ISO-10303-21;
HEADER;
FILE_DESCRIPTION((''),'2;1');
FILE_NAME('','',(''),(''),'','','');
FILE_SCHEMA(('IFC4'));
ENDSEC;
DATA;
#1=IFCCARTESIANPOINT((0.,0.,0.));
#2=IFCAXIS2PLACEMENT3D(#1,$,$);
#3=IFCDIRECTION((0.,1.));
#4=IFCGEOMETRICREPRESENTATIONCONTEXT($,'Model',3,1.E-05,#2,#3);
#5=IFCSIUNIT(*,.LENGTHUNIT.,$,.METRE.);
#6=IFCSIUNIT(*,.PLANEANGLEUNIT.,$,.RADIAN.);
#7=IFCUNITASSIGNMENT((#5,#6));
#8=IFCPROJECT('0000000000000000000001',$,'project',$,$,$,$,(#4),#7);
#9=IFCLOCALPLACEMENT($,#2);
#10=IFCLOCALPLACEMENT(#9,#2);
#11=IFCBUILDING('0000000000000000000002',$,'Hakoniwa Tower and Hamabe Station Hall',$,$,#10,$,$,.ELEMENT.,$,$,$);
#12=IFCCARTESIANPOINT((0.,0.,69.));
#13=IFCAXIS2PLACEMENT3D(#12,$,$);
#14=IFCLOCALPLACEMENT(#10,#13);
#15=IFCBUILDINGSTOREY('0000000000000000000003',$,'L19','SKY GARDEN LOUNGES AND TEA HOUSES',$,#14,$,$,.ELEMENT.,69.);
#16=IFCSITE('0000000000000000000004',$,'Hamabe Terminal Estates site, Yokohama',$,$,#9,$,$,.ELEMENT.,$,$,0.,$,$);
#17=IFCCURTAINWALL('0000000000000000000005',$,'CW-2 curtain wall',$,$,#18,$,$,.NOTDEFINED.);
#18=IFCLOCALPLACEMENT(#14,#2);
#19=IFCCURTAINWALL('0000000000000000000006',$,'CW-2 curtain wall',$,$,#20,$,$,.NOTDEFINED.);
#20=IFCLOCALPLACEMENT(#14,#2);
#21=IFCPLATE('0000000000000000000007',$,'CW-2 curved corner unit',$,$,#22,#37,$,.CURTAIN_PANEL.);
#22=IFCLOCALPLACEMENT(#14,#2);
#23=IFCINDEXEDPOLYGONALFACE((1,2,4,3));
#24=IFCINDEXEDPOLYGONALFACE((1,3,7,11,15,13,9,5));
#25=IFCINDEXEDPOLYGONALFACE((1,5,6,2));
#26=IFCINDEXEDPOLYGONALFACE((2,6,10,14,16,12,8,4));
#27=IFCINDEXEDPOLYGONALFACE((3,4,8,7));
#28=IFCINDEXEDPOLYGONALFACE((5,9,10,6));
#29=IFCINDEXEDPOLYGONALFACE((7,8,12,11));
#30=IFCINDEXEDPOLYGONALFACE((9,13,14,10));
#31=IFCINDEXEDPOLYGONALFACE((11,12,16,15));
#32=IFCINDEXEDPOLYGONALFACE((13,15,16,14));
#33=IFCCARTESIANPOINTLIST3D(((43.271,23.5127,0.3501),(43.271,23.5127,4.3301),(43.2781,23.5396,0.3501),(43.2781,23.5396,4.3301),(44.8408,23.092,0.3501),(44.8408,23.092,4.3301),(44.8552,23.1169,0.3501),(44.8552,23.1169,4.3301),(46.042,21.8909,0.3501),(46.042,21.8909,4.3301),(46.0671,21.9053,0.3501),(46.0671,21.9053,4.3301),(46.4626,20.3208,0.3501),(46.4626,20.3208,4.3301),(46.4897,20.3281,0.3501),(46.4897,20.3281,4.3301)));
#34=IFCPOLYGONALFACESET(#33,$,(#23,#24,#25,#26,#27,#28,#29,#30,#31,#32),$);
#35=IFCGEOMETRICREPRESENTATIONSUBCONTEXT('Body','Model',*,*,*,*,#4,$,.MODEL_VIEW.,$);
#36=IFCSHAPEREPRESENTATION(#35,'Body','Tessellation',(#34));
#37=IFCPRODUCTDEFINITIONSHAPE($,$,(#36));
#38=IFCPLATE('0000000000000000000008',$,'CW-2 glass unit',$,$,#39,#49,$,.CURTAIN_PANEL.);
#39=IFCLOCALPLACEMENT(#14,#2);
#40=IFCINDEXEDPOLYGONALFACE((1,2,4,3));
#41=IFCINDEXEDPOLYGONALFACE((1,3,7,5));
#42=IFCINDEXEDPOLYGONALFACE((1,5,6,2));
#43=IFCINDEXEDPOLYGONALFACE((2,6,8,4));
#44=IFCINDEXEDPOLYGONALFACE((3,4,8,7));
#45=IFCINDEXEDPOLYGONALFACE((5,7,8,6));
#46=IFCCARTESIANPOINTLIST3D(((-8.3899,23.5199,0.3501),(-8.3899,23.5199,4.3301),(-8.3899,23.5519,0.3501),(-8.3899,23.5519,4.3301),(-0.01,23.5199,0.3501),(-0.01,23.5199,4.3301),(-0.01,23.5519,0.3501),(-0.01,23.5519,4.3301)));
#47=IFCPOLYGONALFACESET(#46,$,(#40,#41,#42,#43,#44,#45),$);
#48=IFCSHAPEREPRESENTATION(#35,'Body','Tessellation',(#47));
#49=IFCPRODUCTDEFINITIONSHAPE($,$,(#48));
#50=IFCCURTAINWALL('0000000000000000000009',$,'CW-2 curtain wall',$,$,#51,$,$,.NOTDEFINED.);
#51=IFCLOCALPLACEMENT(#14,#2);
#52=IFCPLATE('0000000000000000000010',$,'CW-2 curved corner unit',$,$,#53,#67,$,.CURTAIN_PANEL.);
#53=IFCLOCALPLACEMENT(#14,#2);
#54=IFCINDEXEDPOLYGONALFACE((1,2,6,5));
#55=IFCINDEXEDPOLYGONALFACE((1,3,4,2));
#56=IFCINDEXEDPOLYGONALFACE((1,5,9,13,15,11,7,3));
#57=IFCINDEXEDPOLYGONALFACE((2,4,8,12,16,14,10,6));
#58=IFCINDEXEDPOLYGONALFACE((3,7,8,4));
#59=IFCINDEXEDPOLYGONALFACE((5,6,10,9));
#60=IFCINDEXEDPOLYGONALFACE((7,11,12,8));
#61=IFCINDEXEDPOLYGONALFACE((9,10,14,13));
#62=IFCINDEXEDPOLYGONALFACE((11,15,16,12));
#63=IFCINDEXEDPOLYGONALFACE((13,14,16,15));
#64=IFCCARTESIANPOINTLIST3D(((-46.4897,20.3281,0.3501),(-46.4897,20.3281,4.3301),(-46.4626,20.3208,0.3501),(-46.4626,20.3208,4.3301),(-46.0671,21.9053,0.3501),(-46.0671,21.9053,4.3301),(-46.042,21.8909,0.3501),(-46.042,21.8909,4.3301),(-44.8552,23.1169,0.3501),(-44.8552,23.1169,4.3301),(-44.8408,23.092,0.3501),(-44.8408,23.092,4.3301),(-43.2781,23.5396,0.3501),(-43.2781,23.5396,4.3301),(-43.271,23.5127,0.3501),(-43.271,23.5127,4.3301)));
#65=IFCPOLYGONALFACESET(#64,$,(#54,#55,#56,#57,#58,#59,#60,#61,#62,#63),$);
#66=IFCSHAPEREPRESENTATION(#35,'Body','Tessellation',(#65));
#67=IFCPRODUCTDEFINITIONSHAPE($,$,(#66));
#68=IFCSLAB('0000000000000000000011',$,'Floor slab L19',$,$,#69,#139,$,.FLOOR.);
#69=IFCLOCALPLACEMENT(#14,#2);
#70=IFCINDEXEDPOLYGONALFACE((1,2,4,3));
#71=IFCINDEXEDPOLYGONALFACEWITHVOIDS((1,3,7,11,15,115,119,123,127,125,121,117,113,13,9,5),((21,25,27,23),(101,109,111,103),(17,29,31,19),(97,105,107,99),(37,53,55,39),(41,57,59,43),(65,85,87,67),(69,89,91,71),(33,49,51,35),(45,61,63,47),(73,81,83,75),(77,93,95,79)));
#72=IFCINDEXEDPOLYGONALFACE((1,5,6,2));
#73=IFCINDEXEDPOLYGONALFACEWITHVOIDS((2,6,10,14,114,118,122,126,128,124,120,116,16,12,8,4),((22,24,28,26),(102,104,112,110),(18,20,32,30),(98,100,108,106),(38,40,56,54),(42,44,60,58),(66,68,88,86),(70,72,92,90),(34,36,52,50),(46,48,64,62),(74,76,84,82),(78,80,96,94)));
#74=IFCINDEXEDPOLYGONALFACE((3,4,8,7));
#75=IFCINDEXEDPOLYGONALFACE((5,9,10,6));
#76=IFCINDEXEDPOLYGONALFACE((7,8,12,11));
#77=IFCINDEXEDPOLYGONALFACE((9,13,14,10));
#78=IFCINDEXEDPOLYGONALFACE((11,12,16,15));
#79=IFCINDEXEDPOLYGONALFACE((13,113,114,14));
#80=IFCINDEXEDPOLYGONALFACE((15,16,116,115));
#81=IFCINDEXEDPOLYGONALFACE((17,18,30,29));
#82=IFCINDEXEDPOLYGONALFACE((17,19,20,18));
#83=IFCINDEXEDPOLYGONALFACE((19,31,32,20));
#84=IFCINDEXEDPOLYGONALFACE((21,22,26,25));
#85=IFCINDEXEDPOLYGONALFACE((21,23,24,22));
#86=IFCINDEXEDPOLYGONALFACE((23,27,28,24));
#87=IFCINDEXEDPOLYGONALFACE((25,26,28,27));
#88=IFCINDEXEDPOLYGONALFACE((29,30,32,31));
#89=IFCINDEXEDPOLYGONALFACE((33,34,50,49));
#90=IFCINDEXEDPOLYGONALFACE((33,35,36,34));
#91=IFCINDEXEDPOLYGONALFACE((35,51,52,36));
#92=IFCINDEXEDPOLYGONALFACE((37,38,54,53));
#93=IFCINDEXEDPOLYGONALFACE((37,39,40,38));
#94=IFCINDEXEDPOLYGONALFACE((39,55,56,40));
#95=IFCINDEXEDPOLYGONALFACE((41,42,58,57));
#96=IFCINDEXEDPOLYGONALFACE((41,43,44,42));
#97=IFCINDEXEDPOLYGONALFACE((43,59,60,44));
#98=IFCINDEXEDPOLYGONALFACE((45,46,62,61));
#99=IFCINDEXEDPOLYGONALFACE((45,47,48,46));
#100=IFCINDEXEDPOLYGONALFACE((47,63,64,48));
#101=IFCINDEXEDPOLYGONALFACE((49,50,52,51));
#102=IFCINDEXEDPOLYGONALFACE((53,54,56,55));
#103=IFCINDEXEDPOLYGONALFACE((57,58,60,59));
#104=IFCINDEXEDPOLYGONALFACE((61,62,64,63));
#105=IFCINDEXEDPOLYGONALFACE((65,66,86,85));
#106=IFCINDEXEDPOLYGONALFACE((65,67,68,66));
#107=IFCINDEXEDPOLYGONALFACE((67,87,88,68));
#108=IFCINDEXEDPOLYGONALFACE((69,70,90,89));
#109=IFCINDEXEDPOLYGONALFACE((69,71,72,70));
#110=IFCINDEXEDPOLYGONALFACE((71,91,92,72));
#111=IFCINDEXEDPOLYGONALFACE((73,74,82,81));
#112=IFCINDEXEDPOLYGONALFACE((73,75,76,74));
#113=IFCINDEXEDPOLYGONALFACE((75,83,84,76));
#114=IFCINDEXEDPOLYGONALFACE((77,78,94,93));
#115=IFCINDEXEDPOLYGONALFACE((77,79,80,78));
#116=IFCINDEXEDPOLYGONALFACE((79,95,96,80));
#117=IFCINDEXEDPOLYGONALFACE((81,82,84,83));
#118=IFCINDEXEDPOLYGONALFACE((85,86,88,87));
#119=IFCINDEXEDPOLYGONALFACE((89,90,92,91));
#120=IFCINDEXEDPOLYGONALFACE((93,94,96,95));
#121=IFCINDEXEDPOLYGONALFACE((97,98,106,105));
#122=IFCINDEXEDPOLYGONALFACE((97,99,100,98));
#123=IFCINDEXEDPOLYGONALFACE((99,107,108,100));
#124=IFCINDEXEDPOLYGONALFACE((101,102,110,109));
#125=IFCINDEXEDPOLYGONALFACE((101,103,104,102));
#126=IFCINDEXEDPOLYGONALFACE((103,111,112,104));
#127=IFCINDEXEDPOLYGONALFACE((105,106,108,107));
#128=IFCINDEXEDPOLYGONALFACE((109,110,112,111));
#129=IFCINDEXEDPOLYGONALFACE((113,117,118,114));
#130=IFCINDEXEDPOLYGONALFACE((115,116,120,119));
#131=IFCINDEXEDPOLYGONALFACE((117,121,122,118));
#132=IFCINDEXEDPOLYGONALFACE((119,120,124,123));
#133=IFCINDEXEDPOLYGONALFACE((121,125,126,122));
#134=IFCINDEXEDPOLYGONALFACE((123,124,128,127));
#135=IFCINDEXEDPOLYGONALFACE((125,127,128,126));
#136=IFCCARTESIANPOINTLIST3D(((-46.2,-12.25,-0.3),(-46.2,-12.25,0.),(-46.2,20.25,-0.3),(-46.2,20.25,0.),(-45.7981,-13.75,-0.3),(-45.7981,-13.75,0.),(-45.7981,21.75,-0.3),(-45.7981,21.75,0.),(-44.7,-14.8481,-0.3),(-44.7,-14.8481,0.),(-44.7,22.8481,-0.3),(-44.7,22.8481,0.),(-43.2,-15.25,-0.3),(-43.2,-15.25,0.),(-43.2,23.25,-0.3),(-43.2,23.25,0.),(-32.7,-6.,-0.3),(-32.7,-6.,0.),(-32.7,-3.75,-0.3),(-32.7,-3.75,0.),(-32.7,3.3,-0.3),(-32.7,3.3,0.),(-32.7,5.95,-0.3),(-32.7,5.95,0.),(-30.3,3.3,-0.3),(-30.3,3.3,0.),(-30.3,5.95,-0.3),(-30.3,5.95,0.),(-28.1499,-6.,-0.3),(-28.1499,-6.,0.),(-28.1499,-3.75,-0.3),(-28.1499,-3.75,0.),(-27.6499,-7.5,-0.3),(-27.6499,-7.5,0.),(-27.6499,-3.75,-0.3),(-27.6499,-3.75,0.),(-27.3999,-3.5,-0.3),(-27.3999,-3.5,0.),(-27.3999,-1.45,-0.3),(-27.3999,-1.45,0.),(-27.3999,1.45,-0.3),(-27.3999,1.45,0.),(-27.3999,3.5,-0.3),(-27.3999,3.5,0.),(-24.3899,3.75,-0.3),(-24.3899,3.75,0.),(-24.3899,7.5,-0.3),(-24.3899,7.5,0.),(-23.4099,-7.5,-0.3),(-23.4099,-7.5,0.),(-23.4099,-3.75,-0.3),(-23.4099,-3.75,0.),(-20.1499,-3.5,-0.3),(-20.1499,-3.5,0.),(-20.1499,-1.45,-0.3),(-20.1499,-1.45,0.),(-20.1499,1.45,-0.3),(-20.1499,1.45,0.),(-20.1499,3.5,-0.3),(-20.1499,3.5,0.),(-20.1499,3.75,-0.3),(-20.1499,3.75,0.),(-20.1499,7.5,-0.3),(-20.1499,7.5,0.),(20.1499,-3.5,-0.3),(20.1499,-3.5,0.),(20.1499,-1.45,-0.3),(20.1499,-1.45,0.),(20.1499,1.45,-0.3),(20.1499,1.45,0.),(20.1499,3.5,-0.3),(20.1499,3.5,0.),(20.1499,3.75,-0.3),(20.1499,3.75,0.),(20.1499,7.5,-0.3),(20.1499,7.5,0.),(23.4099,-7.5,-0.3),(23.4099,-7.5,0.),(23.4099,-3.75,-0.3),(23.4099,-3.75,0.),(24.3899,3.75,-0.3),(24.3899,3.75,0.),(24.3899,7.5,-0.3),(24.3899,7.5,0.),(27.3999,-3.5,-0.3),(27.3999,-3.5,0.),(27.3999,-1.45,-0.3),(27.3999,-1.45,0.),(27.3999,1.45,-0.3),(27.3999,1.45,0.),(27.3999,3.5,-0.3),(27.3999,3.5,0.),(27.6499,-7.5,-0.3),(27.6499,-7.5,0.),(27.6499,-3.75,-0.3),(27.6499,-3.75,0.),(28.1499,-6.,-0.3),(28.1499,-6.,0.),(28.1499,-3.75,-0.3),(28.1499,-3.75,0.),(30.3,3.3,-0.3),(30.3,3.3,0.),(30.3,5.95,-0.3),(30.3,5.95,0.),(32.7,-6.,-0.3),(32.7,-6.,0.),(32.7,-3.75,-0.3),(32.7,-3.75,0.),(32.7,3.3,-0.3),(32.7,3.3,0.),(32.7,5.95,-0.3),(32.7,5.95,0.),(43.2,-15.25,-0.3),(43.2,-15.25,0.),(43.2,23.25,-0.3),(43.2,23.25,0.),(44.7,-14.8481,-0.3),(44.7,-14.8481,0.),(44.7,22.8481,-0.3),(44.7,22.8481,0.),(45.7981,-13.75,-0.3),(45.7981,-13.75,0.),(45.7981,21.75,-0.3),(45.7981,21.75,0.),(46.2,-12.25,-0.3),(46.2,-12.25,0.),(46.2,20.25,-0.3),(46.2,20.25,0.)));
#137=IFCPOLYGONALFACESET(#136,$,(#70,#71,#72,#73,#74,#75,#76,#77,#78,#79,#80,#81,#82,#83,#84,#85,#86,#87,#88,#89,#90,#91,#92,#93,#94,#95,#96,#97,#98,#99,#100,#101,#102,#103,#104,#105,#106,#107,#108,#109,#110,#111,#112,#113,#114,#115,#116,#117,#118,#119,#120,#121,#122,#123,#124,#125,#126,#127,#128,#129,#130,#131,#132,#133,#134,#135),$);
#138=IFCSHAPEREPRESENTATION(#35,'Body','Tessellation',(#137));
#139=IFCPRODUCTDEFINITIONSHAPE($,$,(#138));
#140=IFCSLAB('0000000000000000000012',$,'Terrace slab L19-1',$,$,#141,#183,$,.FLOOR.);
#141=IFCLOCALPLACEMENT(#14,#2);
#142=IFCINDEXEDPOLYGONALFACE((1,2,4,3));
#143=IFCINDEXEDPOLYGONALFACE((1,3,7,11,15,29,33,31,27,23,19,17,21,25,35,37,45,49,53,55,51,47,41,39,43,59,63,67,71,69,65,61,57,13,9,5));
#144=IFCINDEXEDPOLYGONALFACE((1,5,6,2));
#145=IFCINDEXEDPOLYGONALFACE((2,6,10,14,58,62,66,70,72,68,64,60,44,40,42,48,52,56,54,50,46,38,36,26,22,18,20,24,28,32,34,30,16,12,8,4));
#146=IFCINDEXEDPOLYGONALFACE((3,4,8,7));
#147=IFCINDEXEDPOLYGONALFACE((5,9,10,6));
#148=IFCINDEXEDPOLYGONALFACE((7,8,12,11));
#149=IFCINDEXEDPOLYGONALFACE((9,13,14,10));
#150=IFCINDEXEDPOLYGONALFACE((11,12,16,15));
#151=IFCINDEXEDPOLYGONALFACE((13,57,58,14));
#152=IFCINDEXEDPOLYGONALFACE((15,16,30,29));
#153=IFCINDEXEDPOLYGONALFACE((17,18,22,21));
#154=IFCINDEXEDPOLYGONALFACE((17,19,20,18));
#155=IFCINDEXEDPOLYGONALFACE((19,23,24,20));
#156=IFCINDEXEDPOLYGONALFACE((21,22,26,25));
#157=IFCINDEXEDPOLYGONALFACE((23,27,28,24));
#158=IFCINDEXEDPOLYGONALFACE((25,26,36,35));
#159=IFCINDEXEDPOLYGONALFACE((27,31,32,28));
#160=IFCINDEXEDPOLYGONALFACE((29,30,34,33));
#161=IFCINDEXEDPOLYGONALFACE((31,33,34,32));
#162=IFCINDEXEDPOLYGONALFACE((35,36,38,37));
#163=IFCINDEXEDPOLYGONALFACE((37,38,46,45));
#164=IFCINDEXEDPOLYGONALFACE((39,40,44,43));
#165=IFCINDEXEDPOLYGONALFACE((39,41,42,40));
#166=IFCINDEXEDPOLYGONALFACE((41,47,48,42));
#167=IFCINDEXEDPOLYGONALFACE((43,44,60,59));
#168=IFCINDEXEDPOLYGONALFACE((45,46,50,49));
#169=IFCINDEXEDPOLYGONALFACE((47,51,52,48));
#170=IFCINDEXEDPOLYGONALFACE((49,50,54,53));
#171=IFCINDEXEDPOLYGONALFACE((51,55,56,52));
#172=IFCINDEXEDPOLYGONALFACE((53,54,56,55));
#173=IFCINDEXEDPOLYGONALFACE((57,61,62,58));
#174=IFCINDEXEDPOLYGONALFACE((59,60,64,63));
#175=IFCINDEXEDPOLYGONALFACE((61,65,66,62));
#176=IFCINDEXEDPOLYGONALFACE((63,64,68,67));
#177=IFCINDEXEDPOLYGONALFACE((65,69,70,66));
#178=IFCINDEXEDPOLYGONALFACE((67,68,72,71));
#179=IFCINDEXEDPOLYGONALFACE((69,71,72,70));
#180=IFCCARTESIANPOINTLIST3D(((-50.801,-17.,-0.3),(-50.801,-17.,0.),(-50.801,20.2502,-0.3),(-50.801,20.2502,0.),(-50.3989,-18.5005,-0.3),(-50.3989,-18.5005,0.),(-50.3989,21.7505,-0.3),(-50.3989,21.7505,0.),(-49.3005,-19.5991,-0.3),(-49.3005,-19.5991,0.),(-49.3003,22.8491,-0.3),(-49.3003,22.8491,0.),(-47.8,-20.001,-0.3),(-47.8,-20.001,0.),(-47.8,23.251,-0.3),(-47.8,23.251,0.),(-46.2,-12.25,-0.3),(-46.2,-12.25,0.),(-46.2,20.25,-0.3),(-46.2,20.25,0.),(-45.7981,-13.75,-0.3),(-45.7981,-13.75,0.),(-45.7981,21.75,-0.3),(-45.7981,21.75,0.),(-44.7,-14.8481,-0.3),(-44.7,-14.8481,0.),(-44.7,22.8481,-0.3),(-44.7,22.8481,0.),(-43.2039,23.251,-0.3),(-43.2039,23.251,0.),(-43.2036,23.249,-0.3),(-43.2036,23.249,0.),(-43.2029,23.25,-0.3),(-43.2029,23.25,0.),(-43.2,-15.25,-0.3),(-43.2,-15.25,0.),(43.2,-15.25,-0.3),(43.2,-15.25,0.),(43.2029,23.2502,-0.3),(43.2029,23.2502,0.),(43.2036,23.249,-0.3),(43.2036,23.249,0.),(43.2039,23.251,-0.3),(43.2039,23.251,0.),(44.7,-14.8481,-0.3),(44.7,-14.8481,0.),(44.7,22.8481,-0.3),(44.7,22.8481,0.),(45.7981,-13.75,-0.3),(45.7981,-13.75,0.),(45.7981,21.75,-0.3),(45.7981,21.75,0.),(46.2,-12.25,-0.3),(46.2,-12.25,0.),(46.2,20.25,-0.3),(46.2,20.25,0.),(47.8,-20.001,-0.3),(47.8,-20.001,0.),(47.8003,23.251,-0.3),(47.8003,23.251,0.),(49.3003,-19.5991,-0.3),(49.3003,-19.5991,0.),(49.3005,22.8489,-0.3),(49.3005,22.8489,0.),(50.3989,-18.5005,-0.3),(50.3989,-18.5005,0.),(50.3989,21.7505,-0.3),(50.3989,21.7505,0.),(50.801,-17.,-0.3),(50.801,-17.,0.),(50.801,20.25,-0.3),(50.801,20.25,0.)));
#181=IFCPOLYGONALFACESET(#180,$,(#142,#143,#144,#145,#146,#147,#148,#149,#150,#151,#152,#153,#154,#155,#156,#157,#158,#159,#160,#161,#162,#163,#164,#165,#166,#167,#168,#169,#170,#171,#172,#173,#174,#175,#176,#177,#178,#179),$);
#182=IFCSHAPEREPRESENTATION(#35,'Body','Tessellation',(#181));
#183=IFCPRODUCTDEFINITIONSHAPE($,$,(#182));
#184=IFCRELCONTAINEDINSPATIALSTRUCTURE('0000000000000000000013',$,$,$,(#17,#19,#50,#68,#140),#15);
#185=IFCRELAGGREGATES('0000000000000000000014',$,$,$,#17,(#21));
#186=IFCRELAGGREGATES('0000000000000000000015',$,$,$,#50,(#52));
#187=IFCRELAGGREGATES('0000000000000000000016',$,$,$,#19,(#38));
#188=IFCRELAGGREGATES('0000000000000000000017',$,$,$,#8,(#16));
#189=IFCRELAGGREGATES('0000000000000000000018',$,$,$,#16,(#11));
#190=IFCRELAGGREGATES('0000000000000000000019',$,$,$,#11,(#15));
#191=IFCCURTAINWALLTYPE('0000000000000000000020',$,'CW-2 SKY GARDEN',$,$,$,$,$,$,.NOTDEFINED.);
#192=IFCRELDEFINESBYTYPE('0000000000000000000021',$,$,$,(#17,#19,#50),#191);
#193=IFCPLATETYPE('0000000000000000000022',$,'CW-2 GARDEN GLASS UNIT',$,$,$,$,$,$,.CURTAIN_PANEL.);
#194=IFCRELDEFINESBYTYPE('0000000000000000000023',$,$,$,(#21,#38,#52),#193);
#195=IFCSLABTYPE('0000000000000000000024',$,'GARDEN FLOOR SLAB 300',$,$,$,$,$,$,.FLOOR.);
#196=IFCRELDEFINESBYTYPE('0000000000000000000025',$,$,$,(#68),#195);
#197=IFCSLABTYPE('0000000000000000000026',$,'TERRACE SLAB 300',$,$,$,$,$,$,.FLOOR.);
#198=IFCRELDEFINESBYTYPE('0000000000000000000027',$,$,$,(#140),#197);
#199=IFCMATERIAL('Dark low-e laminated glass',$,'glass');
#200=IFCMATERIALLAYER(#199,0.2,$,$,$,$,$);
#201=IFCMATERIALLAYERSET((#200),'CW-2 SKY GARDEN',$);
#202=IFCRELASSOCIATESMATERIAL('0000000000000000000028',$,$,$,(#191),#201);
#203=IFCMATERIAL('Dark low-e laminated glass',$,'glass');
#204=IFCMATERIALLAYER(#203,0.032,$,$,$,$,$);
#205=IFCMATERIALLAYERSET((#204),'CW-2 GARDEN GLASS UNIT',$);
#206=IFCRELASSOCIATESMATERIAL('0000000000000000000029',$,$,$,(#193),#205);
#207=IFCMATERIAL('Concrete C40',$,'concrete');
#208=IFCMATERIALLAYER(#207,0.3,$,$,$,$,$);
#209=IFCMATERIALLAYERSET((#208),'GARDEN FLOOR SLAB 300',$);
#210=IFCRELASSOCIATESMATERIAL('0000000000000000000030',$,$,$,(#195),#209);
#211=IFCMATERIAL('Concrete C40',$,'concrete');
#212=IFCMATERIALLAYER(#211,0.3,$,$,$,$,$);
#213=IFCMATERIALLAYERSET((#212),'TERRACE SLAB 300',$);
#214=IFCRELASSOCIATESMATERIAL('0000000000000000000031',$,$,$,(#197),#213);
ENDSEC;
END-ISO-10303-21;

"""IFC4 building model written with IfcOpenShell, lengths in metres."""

from ifc_helpers import new_model, si_unit, direction, frame, origin, origin_2d, place, context, subcontext, project, spatial, polyline, rectangle, outline, extrude, material, layer, layer_set, type_object, element, aggregate, save


model = new_model("IFC4")

# Units and contexts
model_context = context("Model", 3, precision=1e-05, world=origin(), true_north=direction((0.0, 1.0)))
body_context = subcontext(model_context, "Body", "Model", "MODEL_VIEW")
ifc_project = project(units=[si_unit("LENGTHUNIT", "METRE"), si_unit("PLANEANGLEUNIT", "RADIAN")], contexts=[model_context])

# Site, building, storey
site_placement = place(None, origin())
site = spatial("IfcSite", under=ifc_project, at=site_placement, Name="Hamabe Terminal Estates site, Yokohama", CompositionType="ELEMENT", RefElevation=0.0)
building_placement = place(site_placement, origin())
building = spatial("IfcBuilding", under=site, at=building_placement, Name="Hakoniwa Tower and Hamabe Station Hall", CompositionType="ELEMENT")
storey_placement = place(building_placement, frame((0.0, 0.0, 69.0)))
storey = spatial("IfcBuildingStorey", under=building, at=storey_placement, Name="L19", Description="SKY GARDEN LOUNGES AND TEA HOUSES", CompositionType="ELEMENT", Elevation=69.0)

# Curtain walls
ifc_material_1 = material(Name="Dark low-e laminated glass", Category="glass")
ifc_layer_1 = layer(ifc_material_1, 0.2)
ifc_layer_set_1 = layer_set([ifc_layer_1], Name="CW-2 SKY GARDEN")
curtain_wall_type = type_object("IfcCurtainWallType", Name="CW-2 SKY GARDEN", PredefinedType="NOTDEFINED", material=ifc_layer_set_1)
curtain_wall_1_placement = place(storey_placement, origin())
curtain_wall_1 = element("IfcCurtainWall", 1, at=curtain_wall_1_placement, inside=storey, type_object=curtain_wall_type, Name="CW-2 curtain wall", PredefinedType="NOTDEFINED")
curtain_wall_2_placement = place(storey_placement, origin())
curtain_wall_2 = element("IfcCurtainWall", 2, at=curtain_wall_2_placement, inside=storey, type_object=curtain_wall_type, Name="CW-2 curtain wall", PredefinedType="NOTDEFINED")

# Plates
ifc_material_2 = material(Name="Dark low-e laminated glass", Category="glass")
ifc_layer_2 = layer(ifc_material_2, 0.032)
ifc_layer_set_2 = layer_set([ifc_layer_2], Name="CW-2 GARDEN GLASS UNIT")
plate_type = type_object("IfcPlateType", Name="CW-2 GARDEN GLASS UNIT", PredefinedType="CURTAIN_PANEL", material=ifc_layer_set_2)
plate_1_placement = place(storey_placement, frame((0.0, 0.0, 0.3501)))
plate_1 = element("IfcPlate", 3, at=plate_1_placement, type_object=plate_type, Name="CW-2 curved corner unit", PredefinedType="CURTAIN_PANEL", context=body_context, shape_type="SweptSolid", body=[
    extrude(outline(polyline([(46.4897, 20.3281), (46.0671, 21.9053), (44.8552, 23.1169), (43.2781, 23.5396), (43.271, 23.5127), (44.8408, 23.092), (46.042, 21.8909), (46.4626, 20.3208), (46.4897, 20.3281)])), origin(), (0.0, 0.0, 1.0), 3.98),
])
aggregate(curtain_wall_1, [plate_1])
plate_2_placement = place(storey_placement, frame((-4.2, 23.5359, 0.3501), z_axis=(0.0, 0.0, 1.0), x_axis=(-1.0, 0.0, 0.0)))
plate_2 = element("IfcPlate", 4, at=plate_2_placement, type_object=plate_type, Name="CW-2 glass unit", PredefinedType="CURTAIN_PANEL", context=body_context, shape_type="SweptSolid", body=[
    extrude(rectangle(XDim=8.3799, YDim=0.032, at=origin_2d()), origin(), (0.0, 0.0, 1.0), 3.98),
])

# Curtain wall, plate
curtain_wall_3_placement = place(storey_placement, origin())
curtain_wall_3 = element("IfcCurtainWall", 5, at=curtain_wall_3_placement, inside=storey, type_object=curtain_wall_type, Name="CW-2 curtain wall", PredefinedType="NOTDEFINED")
plate_3_placement = place(storey_placement, frame((0.0, 0.0, 0.3501)))
plate_3 = element("IfcPlate", 6, at=plate_3_placement, type_object=plate_type, Name="CW-2 curved corner unit", PredefinedType="CURTAIN_PANEL", context=body_context, shape_type="SweptSolid", body=[
    extrude(outline(polyline([(-43.2781, 23.5396), (-44.8552, 23.1169), (-46.0671, 21.9053), (-46.4897, 20.3281), (-46.4626, 20.3208), (-46.042, 21.8909), (-44.8408, 23.092), (-43.271, 23.5127), (-43.2781, 23.5396)])), origin(), (0.0, 0.0, 1.0), 3.98),
])
aggregate(curtain_wall_3, [plate_3])

# Slabs
ifc_material_3 = material(Name="Concrete C40", Category="concrete")
ifc_layer_3 = layer(ifc_material_3, 0.3)
ifc_layer_set_3 = layer_set([ifc_layer_3], Name="GARDEN FLOOR SLAB 300")
slab_type_1 = type_object("IfcSlabType", Name="GARDEN FLOOR SLAB 300", PredefinedType="FLOOR", material=ifc_layer_set_3)
slab_1_placement = place(storey_placement, frame((0.0, 0.0, -0.3)))
element("IfcSlab", 7, at=slab_1_placement, inside=storey, type_object=slab_type_1, Name="Floor slab L19", PredefinedType="FLOOR", context=body_context, shape_type="SweptSolid", body=[
    extrude(outline(polyline([(46.2, -12.25), (46.2, 20.25), (45.7981, 21.75), (44.7, 22.8481), (43.2, 23.25), (-43.2, 23.25), (-44.7, 22.8481), (-45.7981, 21.75), (-46.2, 20.25), (-46.2, -12.25), (-45.7981, -13.75), (-44.7, -14.8481), (-43.2, -15.25), (43.2, -15.25), (44.7, -14.8481), (45.7981, -13.75), (46.2, -12.25)]), holes=[polyline([(-27.3999, 1.45), (-27.3999, 3.5), (-20.1499, 3.5), (-20.1499, 1.45), (-27.3999, 1.45)]), polyline([(-27.3999, -3.5), (-27.3999, -1.45), (-20.1499, -1.45), (-20.1499, -3.5), (-27.3999, -3.5)]), polyline([(-32.7, 3.3), (-32.7, 5.95), (-30.3, 5.95), (-30.3, 3.3), (-32.7, 3.3)]), polyline([(-32.7, -6.0), (-32.7, -3.75), (-28.1499, -3.75), (-28.1499, -6.0), (-32.7, -6.0)]), polyline([(-24.3899, 3.75), (-24.3899, 7.5), (-20.1499, 7.5), (-20.1499, 3.75), (-24.3899, 3.75)]), polyline([(-27.6499, -7.5), (-27.6499, -3.75), (-23.4099, -3.75), (-23.4099, -7.5), (-27.6499, -7.5)]), polyline([(20.1499, 1.45), (20.1499, 3.5), (27.3999, 3.5), (27.3999, 1.45), (20.1499, 1.45)]), polyline([(20.1499, -3.5), (20.1499, -1.45), (27.3999, -1.45), (27.3999, -3.5), (20.1499, -3.5)]), polyline([(30.3, 3.3), (30.3, 5.95), (32.7, 5.95), (32.7, 3.3), (30.3, 3.3)]), polyline([(28.1499, -6.0), (28.1499, -3.75), (32.7, -3.75), (32.7, -6.0), (28.1499, -6.0)]), polyline([(20.1499, 3.75), (20.1499, 7.5), (24.3899, 7.5), (24.3899, 3.75), (20.1499, 3.75)]), polyline([(23.4099, -7.5), (23.4099, -3.75), (27.6499, -3.75), (27.6499, -7.5), (23.4099, -7.5)])]), origin(), (0.0, 0.0, 1.0), 0.3),
])
ifc_material_4 = material(Name="Concrete C40", Category="concrete")
ifc_layer_4 = layer(ifc_material_4, 0.3)
ifc_layer_set_4 = layer_set([ifc_layer_4], Name="TERRACE SLAB 300")
slab_type_2 = type_object("IfcSlabType", Name="TERRACE SLAB 300", PredefinedType="FLOOR", material=ifc_layer_set_4)
slab_2_placement = place(storey_placement, frame((0.0, 0.0, -0.3)))
element("IfcSlab", 8, at=slab_2_placement, inside=storey, type_object=slab_type_2, Name="Terrace slab L19-1", PredefinedType="FLOOR", context=body_context, shape_type="SweptSolid", body=[
    extrude(outline(polyline([(-45.7981, -13.75), (-46.2, -12.25), (-46.2, 20.25), (-45.7981, 21.75), (-44.7, 22.8481), (-43.2036, 23.249), (-43.2029, 23.25), (-43.2039, 23.251), (-47.8, 23.251), (-49.3003, 22.8491), (-50.3989, 21.7505), (-50.801, 20.2502), (-50.801, -17.0), (-50.3989, -18.5005), (-49.3005, -19.5991), (-47.8, -20.001), (47.8, -20.001), (49.3003, -19.5991), (50.3989, -18.5005), (50.801, -17.0), (50.801, 20.25), (50.3989, 21.7505), (49.3005, 22.8489), (47.8003, 23.251), (43.2039, 23.251), (43.2029, 23.2502), (43.2036, 23.249), (44.7, 22.8481), (45.7981, 21.75), (46.2, 20.25), (46.2, -12.25), (45.7981, -13.75), (44.7, -14.8481), (43.2, -15.25), (-43.2, -15.25), (-44.7, -14.8481), (-45.7981, -13.75)])), origin(), (0.0, 0.0, 1.0), 0.3),
])

aggregate(curtain_wall_2, [plate_2])

save(model, "model.ifc")
